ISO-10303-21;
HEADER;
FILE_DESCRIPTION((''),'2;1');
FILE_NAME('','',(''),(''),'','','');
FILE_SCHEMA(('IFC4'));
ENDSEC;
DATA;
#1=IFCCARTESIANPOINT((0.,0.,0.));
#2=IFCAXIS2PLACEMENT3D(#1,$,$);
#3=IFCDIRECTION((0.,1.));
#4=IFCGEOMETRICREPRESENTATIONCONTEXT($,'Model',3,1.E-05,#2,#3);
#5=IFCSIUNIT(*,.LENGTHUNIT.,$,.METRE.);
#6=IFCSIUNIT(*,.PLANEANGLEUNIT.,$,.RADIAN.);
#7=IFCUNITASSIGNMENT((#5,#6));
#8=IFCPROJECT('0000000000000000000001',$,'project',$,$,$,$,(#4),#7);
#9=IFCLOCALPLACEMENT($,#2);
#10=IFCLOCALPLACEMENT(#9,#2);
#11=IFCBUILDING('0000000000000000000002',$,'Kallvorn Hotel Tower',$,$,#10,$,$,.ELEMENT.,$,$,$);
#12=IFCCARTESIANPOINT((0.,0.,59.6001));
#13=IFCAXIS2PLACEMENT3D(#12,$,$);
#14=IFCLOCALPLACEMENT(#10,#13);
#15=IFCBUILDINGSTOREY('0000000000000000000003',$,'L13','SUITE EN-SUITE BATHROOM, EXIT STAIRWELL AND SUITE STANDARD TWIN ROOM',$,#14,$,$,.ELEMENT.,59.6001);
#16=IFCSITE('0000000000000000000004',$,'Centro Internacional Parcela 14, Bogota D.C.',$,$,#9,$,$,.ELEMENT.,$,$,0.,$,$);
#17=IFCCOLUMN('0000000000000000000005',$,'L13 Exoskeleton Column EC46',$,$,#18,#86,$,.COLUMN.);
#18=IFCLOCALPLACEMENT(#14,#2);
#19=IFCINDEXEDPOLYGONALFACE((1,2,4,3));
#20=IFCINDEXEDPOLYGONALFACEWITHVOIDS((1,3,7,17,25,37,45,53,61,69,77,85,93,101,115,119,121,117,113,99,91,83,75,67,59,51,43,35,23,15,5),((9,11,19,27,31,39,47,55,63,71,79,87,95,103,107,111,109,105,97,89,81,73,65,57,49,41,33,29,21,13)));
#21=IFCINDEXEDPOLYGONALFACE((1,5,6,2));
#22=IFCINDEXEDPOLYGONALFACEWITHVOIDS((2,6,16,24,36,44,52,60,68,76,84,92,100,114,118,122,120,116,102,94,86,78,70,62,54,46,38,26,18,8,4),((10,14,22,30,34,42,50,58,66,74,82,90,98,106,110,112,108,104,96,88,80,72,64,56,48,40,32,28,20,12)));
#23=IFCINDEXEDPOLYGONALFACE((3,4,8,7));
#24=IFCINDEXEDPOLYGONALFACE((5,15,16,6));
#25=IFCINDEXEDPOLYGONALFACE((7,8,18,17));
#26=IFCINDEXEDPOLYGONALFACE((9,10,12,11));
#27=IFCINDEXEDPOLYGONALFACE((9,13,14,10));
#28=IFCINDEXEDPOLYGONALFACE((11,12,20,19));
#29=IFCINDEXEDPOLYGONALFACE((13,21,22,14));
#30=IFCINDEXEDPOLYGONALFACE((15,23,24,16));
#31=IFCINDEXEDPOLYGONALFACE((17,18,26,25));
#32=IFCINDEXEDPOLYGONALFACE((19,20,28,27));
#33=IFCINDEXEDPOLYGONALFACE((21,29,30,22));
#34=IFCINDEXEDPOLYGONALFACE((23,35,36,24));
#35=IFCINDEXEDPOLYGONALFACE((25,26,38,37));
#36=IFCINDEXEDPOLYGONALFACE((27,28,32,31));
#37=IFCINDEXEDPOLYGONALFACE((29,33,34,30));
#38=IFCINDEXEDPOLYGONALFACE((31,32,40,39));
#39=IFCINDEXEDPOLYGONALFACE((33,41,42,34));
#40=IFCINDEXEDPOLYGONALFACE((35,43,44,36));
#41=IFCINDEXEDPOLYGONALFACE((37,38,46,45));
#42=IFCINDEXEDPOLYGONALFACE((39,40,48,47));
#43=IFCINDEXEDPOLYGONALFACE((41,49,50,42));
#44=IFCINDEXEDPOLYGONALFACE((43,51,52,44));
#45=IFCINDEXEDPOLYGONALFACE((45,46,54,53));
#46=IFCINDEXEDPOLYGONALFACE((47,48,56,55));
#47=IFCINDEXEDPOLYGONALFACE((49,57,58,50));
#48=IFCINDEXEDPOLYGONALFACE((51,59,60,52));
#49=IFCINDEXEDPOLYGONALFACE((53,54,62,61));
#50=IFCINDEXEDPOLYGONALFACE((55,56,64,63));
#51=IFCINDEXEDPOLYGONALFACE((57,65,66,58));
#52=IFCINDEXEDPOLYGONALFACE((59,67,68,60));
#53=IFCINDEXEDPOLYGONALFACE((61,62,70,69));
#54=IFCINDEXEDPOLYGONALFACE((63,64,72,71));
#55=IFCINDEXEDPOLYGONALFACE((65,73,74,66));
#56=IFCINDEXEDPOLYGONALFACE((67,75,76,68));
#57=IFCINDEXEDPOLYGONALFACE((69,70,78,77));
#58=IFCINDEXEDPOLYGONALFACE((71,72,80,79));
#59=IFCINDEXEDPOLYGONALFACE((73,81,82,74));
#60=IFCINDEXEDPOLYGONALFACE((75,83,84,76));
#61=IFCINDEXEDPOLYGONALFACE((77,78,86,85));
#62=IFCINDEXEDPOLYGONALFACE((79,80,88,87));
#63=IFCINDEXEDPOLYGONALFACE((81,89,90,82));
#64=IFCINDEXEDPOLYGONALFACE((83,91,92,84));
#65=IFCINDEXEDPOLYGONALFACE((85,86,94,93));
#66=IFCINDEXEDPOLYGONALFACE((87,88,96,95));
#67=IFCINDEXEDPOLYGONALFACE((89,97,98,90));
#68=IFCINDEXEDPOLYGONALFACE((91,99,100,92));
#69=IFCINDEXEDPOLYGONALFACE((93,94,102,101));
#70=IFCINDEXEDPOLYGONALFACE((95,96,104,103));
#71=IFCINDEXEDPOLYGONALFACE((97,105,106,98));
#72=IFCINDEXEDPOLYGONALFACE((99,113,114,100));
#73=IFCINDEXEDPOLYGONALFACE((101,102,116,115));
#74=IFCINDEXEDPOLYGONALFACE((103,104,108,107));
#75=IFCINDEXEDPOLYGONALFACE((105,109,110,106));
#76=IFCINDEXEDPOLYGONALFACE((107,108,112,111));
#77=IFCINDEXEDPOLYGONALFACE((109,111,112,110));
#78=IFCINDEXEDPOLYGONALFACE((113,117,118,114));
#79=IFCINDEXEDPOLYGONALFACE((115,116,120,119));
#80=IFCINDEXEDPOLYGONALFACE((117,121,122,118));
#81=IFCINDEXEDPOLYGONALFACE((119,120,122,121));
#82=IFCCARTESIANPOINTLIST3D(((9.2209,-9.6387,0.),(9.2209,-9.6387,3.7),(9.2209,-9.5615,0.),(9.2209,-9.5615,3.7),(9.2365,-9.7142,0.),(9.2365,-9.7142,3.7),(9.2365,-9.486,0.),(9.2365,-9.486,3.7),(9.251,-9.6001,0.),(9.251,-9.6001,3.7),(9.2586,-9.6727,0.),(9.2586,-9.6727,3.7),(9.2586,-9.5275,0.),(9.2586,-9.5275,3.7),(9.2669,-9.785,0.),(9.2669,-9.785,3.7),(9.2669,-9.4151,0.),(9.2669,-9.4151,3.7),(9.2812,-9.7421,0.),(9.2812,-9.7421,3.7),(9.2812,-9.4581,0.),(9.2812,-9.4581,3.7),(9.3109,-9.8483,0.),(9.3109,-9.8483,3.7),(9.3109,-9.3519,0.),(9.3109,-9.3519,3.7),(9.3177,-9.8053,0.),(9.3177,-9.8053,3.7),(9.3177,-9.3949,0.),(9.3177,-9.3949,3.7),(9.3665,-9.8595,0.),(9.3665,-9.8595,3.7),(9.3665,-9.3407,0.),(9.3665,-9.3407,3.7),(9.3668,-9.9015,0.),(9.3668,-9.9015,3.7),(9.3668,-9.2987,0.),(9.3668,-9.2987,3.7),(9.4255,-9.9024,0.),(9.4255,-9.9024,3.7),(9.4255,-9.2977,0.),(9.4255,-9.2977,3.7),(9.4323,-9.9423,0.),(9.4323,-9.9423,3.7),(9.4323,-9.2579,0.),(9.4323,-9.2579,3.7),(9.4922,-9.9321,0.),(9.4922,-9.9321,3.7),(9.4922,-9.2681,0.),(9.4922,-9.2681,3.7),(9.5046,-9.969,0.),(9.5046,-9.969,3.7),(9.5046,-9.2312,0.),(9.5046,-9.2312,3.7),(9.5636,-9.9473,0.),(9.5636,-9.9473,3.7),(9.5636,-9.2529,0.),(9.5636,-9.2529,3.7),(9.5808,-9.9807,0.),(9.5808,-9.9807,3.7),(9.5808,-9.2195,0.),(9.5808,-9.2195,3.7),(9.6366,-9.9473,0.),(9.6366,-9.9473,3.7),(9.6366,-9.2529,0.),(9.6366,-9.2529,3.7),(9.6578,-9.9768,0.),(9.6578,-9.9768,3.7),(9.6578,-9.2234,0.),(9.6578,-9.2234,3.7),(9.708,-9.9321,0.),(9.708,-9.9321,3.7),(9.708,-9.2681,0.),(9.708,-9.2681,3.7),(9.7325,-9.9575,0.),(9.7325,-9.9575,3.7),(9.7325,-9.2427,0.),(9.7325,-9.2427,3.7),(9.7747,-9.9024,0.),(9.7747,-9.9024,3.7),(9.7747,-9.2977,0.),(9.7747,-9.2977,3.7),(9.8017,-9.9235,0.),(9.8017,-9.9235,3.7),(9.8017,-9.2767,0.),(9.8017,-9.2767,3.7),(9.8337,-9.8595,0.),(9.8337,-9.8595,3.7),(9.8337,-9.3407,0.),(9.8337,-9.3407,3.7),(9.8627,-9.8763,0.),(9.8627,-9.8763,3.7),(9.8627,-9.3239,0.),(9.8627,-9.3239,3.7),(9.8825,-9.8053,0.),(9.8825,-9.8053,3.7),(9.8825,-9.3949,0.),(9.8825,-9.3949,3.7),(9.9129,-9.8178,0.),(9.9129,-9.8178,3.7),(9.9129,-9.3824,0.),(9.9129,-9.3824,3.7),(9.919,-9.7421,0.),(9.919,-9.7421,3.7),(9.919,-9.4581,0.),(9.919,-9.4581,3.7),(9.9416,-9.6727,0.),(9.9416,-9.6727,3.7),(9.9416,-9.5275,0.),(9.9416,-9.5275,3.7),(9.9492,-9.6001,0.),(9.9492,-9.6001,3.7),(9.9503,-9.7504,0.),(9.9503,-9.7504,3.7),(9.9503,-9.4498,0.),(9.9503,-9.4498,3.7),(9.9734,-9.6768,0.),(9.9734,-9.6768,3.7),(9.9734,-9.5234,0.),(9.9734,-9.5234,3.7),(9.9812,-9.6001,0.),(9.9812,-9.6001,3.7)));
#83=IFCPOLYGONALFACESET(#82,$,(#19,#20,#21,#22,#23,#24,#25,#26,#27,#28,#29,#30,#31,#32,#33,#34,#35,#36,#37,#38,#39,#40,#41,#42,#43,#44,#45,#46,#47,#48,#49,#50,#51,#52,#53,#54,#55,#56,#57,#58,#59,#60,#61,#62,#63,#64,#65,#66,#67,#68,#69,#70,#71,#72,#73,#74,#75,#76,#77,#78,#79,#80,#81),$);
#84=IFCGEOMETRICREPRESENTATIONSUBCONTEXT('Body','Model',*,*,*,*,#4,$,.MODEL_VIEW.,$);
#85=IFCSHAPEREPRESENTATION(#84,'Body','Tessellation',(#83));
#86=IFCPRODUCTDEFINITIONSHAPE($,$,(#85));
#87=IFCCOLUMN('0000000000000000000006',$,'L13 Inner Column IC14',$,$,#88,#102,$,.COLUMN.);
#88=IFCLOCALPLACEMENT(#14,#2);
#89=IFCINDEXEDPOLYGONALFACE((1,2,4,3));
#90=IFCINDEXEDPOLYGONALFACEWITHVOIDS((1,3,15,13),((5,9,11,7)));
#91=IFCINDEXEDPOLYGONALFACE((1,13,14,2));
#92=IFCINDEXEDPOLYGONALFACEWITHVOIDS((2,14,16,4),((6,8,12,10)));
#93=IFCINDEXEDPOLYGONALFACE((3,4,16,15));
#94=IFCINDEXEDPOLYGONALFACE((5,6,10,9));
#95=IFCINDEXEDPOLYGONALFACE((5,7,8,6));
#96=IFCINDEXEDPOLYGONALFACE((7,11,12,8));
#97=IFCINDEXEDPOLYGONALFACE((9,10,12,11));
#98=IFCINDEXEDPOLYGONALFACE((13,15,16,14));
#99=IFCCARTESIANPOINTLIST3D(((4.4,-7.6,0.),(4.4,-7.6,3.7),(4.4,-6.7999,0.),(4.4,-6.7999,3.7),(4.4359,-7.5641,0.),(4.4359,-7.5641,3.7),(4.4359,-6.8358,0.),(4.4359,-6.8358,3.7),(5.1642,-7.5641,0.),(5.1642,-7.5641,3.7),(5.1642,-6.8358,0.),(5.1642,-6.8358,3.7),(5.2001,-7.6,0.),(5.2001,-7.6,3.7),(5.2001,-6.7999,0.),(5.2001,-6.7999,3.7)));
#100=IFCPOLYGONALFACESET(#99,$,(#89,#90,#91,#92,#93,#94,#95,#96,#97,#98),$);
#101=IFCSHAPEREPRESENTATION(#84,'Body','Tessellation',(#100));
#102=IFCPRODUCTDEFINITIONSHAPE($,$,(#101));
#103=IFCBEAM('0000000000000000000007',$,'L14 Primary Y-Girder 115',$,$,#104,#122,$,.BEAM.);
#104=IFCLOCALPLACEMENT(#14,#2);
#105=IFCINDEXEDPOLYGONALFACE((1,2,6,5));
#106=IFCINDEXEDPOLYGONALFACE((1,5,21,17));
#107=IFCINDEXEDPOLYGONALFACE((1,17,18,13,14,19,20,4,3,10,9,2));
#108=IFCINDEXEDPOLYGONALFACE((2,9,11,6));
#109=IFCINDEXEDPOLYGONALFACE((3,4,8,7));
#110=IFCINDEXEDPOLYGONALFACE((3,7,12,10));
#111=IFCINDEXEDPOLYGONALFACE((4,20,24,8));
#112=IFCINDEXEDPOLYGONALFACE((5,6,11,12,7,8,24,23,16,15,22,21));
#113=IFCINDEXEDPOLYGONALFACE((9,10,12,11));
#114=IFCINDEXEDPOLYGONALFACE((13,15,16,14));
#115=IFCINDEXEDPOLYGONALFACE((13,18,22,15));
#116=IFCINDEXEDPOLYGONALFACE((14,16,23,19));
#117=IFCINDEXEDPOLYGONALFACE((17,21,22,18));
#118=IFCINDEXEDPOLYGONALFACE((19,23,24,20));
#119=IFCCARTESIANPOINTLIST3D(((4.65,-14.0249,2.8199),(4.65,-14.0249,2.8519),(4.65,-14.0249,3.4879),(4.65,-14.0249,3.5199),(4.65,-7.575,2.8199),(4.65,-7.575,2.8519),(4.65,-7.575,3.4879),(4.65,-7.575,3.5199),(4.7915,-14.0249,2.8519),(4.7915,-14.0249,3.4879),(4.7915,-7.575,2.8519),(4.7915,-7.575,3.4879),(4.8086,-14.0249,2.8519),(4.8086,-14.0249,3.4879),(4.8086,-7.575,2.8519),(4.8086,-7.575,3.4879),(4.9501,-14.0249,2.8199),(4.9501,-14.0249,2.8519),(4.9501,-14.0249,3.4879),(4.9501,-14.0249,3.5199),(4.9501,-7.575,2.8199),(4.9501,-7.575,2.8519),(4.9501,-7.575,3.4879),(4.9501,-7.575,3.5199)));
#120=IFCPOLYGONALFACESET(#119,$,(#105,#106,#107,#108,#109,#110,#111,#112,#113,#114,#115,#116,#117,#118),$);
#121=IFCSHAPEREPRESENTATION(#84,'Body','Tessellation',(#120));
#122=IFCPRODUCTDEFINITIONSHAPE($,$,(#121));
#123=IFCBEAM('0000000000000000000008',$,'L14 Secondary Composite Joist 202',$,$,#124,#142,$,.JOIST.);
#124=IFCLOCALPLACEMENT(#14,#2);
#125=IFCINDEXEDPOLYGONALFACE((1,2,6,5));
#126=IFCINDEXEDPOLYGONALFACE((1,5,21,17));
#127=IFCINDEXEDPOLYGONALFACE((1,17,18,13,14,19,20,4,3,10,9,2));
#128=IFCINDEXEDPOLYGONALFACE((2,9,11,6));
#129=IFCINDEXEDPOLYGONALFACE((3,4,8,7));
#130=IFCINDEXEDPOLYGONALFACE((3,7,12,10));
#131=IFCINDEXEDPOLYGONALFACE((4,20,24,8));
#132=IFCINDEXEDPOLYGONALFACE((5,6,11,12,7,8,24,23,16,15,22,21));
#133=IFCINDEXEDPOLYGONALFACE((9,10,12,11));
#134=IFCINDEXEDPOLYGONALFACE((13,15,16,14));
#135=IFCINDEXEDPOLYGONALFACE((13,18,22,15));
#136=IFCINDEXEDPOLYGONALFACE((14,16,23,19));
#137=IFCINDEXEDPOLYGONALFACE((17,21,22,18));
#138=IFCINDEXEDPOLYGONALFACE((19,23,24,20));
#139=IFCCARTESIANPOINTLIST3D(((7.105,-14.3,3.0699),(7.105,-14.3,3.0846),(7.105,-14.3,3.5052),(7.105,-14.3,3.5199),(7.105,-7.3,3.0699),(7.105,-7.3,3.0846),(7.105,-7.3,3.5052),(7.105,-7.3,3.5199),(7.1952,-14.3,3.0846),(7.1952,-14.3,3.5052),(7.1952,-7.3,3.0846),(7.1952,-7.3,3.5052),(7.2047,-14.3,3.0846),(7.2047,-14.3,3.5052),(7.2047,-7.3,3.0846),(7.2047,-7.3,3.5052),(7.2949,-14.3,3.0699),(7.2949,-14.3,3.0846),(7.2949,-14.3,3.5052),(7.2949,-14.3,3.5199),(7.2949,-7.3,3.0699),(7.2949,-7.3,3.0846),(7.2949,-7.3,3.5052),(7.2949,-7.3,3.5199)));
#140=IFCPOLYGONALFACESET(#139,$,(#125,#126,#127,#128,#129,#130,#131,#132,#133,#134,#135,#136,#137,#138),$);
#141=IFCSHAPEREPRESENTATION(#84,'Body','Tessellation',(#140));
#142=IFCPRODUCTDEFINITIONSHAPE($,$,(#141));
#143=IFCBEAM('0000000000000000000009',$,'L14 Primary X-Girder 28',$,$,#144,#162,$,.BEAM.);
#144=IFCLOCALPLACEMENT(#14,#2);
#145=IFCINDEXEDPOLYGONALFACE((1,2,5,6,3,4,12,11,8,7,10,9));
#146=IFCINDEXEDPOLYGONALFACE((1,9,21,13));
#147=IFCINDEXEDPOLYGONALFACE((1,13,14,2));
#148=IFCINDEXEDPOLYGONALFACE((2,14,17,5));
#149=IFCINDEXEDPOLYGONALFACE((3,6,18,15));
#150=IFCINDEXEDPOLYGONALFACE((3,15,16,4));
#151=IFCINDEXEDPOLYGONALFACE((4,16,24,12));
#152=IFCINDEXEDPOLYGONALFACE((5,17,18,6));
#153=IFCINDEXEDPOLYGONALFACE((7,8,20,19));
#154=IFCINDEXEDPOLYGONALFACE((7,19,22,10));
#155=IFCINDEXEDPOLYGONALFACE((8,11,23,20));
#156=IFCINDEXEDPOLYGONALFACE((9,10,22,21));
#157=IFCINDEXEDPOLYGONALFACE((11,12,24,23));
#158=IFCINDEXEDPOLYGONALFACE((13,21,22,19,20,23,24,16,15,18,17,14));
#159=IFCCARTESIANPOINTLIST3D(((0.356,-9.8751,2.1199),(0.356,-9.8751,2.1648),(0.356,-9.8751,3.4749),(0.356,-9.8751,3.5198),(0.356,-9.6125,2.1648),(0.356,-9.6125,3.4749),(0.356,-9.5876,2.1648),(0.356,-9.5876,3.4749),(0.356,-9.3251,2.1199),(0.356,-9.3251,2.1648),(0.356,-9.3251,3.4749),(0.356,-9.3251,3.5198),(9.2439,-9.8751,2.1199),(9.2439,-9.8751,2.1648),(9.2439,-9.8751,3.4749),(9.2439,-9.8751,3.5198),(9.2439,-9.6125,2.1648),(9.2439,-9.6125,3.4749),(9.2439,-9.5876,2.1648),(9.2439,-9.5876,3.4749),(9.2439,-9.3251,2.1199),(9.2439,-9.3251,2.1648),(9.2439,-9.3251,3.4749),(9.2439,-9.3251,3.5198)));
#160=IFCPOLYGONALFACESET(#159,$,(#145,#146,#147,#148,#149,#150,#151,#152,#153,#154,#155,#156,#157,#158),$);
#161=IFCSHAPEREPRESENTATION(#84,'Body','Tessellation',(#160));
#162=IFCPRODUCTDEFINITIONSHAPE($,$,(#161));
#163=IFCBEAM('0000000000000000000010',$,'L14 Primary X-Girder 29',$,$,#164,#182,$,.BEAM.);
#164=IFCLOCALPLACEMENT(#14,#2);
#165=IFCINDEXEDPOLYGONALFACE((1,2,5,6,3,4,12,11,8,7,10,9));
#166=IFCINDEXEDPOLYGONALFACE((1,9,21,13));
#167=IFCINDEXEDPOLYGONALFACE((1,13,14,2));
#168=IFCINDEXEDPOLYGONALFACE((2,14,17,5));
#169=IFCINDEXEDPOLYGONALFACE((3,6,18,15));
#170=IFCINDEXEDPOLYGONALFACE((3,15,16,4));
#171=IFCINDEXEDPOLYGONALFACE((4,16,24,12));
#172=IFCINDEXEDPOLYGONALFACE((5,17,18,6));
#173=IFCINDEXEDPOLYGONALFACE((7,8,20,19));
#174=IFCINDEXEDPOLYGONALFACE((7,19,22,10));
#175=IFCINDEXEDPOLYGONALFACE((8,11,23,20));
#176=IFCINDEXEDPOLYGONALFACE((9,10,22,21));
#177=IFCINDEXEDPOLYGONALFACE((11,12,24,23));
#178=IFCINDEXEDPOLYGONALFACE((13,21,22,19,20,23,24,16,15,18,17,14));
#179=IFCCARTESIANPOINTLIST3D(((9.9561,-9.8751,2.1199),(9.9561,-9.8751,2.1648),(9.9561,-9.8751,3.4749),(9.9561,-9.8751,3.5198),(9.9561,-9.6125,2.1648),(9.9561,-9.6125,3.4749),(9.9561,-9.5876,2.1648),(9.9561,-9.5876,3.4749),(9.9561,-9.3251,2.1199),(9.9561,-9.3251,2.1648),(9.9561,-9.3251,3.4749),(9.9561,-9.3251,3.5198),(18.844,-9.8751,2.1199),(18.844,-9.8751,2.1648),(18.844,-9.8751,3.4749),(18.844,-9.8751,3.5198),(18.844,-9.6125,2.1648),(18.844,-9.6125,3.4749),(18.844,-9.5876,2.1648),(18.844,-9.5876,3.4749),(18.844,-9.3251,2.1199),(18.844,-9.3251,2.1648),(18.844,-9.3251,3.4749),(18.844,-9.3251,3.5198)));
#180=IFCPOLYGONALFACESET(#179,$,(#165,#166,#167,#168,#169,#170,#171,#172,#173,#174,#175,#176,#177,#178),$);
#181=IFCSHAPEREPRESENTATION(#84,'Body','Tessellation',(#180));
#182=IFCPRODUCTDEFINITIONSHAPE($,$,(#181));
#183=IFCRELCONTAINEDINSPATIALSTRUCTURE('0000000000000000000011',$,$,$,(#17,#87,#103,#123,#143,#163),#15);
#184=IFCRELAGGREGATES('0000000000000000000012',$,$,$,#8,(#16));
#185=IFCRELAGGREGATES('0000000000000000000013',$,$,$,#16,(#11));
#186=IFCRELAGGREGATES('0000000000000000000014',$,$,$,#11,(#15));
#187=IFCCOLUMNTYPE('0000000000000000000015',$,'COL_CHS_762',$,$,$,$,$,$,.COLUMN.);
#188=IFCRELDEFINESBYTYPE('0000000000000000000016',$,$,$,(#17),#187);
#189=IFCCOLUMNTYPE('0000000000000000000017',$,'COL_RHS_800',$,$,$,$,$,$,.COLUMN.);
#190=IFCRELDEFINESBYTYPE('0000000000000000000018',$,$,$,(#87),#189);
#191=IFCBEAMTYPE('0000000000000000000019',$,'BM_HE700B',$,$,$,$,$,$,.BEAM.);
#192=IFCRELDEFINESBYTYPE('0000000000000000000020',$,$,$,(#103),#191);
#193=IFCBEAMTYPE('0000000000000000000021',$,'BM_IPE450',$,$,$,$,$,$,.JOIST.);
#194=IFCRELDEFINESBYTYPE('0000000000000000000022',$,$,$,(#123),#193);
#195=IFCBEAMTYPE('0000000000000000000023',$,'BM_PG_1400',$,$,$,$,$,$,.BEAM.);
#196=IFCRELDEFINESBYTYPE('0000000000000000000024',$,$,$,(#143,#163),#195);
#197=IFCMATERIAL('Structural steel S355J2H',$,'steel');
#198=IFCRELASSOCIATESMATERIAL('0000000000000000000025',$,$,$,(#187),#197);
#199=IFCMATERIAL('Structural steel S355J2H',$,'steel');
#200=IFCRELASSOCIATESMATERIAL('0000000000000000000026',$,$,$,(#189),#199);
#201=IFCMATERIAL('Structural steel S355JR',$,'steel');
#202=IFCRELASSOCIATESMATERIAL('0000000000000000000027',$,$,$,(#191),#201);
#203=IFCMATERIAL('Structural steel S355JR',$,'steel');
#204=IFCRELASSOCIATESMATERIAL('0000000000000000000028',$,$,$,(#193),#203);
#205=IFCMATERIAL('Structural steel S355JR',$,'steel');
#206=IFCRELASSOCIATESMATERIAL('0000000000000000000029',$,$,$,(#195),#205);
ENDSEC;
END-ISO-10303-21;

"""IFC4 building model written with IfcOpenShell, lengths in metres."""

from ifc_helpers import new_model, si_unit, direction, frame, origin, origin_2d, place, context, subcontext, project, spatial, hollow_rectangle, hollow_circle, i_section, extrude, material, material_profile, profile_set, type_object, element, save


model = new_model("IFC4")

# Units and contexts
model_context = context("Model", 3, precision=1e-05, world=origin(), true_north=direction((0.0, 1.0)))
body_context = subcontext(model_context, "Body", "Model", "MODEL_VIEW")
ifc_project = project(units=[si_unit("LENGTHUNIT", "METRE"), si_unit("PLANEANGLEUNIT", "RADIAN")], contexts=[model_context])

# Site, building, storey
site_placement = place(None, origin())
site = spatial("IfcSite", under=ifc_project, at=site_placement, Name="Centro Internacional Parcela 14, Bogota D.C.", CompositionType="ELEMENT", RefElevation=0.0)
building_placement = place(site_placement, origin())
building = spatial("IfcBuilding", under=site, at=building_placement, Name="Kallvorn Hotel Tower", CompositionType="ELEMENT")
storey_placement = place(building_placement, frame((0.0, 0.0, 59.6001)))
storey = spatial("IfcBuildingStorey", under=building, at=storey_placement, Name="L13", Description="SUITE EN-SUITE BATHROOM, EXIT STAIRWELL AND SUITE STANDARD TWIN ROOM", CompositionType="ELEMENT", Elevation=59.6001)

# Columns
ifc_material_1 = material(Name="Structural steel S355J2H", Category="steel")
ifc_material_profile_1 = material_profile(ifc_material_1, hollow_circle(Radius=0.3811, WallThickness=0.032, at=origin_2d()), Name="CHS 762x32")
ifc_profile_set_1 = profile_set([ifc_material_profile_1], Name="Structural steel S355J2H")
column_type_1 = type_object("IfcColumnType", Name="COL_CHS_762", PredefinedType="COLUMN", material=ifc_profile_set_1)
column_1_placement = place(storey_placement, frame((9.6001, -9.6001, 0.0), z_axis=(0.0, 0.0, 1.0), x_axis=(1.0, 0.0, 0.0)))
element("IfcColumn", 1, at=column_1_placement, inside=storey, type_object=column_type_1, Name="L13 Exoskeleton Column EC46", PredefinedType="COLUMN", context=body_context, shape_type="SweptSolid", body=[
    extrude(hollow_circle(Radius=0.3811, WallThickness=0.032, at=origin_2d()), origin(), (0.0, 0.0, 1.0), 3.7),
])
ifc_material_2 = material(Name="Structural steel S355J2H", Category="steel")
ifc_material_profile_2 = material_profile(ifc_material_2, hollow_rectangle(XDim=0.8, YDim=0.8, WallThickness=0.0359, at=origin_2d()), Name="RHS 800x800x36")
ifc_profile_set_2 = profile_set([ifc_material_profile_2], Name="Structural steel S355J2H")
column_type_2 = type_object("IfcColumnType", Name="COL_RHS_800", PredefinedType="COLUMN", material=ifc_profile_set_2)
column_2_placement = place(storey_placement, frame((4.8, -7.2, 0.0), z_axis=(0.0, 0.0, 1.0), x_axis=(1.0, 0.0, 0.0)))
element("IfcColumn", 2, at=column_2_placement, inside=storey, type_object=column_type_2, Name="L13 Inner Column IC14", PredefinedType="COLUMN", context=body_context, shape_type="SweptSolid", body=[
    extrude(hollow_rectangle(XDim=0.8, YDim=0.8, WallThickness=0.0359, at=origin_2d()), origin(), (0.0, 0.0, 1.0), 3.7),
])

# Beams
ifc_material_3 = material(Name="Structural steel S355JR", Category="steel")
ifc_material_profile_3 = material_profile(ifc_material_3, i_section(OverallWidth=0.3, OverallDepth=0.7, WebThickness=0.0171, FlangeThickness=0.032, at=origin_2d()), Name="HE 700 B")
ifc_profile_set_3 = profile_set([ifc_material_profile_3], Name="Structural steel S355JR")
beam_type_1 = type_object("IfcBeamType", Name="BM_HE700B", PredefinedType="BEAM", material=ifc_profile_set_3)
beam_1_placement = place(storey_placement, frame((4.8, -14.0249, 3.1699), z_axis=(0.0, 1.0, 0.0), x_axis=(-1.0, 0.0, 0.0)))
element("IfcBeam", 3, at=beam_1_placement, inside=storey, type_object=beam_type_1, Name="L14 Primary Y-Girder 115", PredefinedType="BEAM", context=body_context, shape_type="SweptSolid", body=[
    extrude(i_section(OverallWidth=0.3, OverallDepth=0.7, WebThickness=0.0171, FlangeThickness=0.032, at=origin_2d()), origin(), (0.0, 0.0, 1.0), 6.45),
])
ifc_material_4 = material(Name="Structural steel S355JR", Category="steel")
ifc_material_profile_4 = material_profile(ifc_material_4, i_section(OverallWidth=0.1899, OverallDepth=0.45, WebThickness=0.0095, FlangeThickness=0.0146, at=origin_2d()), Name="IPE 450")
ifc_profile_set_4 = profile_set([ifc_material_profile_4], Name="Structural steel S355JR")
beam_type_2 = type_object("IfcBeamType", Name="BM_IPE450", PredefinedType="JOIST", material=ifc_profile_set_4)
beam_2_placement = place(storey_placement, frame((7.2, -14.3, 3.2949), z_axis=(0.0, 1.0, 0.0), x_axis=(-1.0, 0.0, 0.0)))
element("IfcBeam", 4, at=beam_2_placement, inside=storey, type_object=beam_type_2, Name="L14 Secondary Composite Joist 202", PredefinedType="JOIST", context=body_context, shape_type="SweptSolid", body=[
    extrude(i_section(OverallWidth=0.1899, OverallDepth=0.45, WebThickness=0.0095, FlangeThickness=0.0146, at=origin_2d()), origin(), (0.0, 0.0, 1.0), 7.0),
])
ifc_material_5 = material(Name="Structural steel S355JR", Category="steel")
ifc_material_profile_5 = material_profile(ifc_material_5, i_section(OverallWidth=0.55, OverallDepth=1.3999, WebThickness=0.0249, FlangeThickness=0.0449, at=origin_2d()), Name="PG 1400x550x25x45")
ifc_profile_set_5 = profile_set([ifc_material_profile_5], Name="Structural steel S355JR")
beam_type_3 = type_object("IfcBeamType", Name="BM_PG_1400", PredefinedType="BEAM", material=ifc_profile_set_5)
for number, where, z_axis, x_axis, name in (
    (5, (0.356, -9.6001, 2.8198), (1.0, 0.0, 0.0), (0.0, 1.0, 0.0), "L14 Primary X-Girder 28"),
    (6, (9.9561, -9.6001, 2.8198), (1.0, 0.0, 0.0), (0.0, 1.0, 0.0), "L14 Primary X-Girder 29"),
):
    element("IfcBeam", number, at=place(storey_placement, frame(where, z_axis=z_axis, x_axis=x_axis)), inside=storey, type_object=beam_type_3, Name=name, PredefinedType="BEAM", context=body_context, shape_type="SweptSolid", body=[
        extrude(i_section(OverallWidth=0.55, OverallDepth=1.3999, WebThickness=0.0249, FlangeThickness=0.0449, at=origin_2d()), origin(), (0.0, 0.0, 1.0), 8.8879),
    ])

save(model, "model.ifc")
